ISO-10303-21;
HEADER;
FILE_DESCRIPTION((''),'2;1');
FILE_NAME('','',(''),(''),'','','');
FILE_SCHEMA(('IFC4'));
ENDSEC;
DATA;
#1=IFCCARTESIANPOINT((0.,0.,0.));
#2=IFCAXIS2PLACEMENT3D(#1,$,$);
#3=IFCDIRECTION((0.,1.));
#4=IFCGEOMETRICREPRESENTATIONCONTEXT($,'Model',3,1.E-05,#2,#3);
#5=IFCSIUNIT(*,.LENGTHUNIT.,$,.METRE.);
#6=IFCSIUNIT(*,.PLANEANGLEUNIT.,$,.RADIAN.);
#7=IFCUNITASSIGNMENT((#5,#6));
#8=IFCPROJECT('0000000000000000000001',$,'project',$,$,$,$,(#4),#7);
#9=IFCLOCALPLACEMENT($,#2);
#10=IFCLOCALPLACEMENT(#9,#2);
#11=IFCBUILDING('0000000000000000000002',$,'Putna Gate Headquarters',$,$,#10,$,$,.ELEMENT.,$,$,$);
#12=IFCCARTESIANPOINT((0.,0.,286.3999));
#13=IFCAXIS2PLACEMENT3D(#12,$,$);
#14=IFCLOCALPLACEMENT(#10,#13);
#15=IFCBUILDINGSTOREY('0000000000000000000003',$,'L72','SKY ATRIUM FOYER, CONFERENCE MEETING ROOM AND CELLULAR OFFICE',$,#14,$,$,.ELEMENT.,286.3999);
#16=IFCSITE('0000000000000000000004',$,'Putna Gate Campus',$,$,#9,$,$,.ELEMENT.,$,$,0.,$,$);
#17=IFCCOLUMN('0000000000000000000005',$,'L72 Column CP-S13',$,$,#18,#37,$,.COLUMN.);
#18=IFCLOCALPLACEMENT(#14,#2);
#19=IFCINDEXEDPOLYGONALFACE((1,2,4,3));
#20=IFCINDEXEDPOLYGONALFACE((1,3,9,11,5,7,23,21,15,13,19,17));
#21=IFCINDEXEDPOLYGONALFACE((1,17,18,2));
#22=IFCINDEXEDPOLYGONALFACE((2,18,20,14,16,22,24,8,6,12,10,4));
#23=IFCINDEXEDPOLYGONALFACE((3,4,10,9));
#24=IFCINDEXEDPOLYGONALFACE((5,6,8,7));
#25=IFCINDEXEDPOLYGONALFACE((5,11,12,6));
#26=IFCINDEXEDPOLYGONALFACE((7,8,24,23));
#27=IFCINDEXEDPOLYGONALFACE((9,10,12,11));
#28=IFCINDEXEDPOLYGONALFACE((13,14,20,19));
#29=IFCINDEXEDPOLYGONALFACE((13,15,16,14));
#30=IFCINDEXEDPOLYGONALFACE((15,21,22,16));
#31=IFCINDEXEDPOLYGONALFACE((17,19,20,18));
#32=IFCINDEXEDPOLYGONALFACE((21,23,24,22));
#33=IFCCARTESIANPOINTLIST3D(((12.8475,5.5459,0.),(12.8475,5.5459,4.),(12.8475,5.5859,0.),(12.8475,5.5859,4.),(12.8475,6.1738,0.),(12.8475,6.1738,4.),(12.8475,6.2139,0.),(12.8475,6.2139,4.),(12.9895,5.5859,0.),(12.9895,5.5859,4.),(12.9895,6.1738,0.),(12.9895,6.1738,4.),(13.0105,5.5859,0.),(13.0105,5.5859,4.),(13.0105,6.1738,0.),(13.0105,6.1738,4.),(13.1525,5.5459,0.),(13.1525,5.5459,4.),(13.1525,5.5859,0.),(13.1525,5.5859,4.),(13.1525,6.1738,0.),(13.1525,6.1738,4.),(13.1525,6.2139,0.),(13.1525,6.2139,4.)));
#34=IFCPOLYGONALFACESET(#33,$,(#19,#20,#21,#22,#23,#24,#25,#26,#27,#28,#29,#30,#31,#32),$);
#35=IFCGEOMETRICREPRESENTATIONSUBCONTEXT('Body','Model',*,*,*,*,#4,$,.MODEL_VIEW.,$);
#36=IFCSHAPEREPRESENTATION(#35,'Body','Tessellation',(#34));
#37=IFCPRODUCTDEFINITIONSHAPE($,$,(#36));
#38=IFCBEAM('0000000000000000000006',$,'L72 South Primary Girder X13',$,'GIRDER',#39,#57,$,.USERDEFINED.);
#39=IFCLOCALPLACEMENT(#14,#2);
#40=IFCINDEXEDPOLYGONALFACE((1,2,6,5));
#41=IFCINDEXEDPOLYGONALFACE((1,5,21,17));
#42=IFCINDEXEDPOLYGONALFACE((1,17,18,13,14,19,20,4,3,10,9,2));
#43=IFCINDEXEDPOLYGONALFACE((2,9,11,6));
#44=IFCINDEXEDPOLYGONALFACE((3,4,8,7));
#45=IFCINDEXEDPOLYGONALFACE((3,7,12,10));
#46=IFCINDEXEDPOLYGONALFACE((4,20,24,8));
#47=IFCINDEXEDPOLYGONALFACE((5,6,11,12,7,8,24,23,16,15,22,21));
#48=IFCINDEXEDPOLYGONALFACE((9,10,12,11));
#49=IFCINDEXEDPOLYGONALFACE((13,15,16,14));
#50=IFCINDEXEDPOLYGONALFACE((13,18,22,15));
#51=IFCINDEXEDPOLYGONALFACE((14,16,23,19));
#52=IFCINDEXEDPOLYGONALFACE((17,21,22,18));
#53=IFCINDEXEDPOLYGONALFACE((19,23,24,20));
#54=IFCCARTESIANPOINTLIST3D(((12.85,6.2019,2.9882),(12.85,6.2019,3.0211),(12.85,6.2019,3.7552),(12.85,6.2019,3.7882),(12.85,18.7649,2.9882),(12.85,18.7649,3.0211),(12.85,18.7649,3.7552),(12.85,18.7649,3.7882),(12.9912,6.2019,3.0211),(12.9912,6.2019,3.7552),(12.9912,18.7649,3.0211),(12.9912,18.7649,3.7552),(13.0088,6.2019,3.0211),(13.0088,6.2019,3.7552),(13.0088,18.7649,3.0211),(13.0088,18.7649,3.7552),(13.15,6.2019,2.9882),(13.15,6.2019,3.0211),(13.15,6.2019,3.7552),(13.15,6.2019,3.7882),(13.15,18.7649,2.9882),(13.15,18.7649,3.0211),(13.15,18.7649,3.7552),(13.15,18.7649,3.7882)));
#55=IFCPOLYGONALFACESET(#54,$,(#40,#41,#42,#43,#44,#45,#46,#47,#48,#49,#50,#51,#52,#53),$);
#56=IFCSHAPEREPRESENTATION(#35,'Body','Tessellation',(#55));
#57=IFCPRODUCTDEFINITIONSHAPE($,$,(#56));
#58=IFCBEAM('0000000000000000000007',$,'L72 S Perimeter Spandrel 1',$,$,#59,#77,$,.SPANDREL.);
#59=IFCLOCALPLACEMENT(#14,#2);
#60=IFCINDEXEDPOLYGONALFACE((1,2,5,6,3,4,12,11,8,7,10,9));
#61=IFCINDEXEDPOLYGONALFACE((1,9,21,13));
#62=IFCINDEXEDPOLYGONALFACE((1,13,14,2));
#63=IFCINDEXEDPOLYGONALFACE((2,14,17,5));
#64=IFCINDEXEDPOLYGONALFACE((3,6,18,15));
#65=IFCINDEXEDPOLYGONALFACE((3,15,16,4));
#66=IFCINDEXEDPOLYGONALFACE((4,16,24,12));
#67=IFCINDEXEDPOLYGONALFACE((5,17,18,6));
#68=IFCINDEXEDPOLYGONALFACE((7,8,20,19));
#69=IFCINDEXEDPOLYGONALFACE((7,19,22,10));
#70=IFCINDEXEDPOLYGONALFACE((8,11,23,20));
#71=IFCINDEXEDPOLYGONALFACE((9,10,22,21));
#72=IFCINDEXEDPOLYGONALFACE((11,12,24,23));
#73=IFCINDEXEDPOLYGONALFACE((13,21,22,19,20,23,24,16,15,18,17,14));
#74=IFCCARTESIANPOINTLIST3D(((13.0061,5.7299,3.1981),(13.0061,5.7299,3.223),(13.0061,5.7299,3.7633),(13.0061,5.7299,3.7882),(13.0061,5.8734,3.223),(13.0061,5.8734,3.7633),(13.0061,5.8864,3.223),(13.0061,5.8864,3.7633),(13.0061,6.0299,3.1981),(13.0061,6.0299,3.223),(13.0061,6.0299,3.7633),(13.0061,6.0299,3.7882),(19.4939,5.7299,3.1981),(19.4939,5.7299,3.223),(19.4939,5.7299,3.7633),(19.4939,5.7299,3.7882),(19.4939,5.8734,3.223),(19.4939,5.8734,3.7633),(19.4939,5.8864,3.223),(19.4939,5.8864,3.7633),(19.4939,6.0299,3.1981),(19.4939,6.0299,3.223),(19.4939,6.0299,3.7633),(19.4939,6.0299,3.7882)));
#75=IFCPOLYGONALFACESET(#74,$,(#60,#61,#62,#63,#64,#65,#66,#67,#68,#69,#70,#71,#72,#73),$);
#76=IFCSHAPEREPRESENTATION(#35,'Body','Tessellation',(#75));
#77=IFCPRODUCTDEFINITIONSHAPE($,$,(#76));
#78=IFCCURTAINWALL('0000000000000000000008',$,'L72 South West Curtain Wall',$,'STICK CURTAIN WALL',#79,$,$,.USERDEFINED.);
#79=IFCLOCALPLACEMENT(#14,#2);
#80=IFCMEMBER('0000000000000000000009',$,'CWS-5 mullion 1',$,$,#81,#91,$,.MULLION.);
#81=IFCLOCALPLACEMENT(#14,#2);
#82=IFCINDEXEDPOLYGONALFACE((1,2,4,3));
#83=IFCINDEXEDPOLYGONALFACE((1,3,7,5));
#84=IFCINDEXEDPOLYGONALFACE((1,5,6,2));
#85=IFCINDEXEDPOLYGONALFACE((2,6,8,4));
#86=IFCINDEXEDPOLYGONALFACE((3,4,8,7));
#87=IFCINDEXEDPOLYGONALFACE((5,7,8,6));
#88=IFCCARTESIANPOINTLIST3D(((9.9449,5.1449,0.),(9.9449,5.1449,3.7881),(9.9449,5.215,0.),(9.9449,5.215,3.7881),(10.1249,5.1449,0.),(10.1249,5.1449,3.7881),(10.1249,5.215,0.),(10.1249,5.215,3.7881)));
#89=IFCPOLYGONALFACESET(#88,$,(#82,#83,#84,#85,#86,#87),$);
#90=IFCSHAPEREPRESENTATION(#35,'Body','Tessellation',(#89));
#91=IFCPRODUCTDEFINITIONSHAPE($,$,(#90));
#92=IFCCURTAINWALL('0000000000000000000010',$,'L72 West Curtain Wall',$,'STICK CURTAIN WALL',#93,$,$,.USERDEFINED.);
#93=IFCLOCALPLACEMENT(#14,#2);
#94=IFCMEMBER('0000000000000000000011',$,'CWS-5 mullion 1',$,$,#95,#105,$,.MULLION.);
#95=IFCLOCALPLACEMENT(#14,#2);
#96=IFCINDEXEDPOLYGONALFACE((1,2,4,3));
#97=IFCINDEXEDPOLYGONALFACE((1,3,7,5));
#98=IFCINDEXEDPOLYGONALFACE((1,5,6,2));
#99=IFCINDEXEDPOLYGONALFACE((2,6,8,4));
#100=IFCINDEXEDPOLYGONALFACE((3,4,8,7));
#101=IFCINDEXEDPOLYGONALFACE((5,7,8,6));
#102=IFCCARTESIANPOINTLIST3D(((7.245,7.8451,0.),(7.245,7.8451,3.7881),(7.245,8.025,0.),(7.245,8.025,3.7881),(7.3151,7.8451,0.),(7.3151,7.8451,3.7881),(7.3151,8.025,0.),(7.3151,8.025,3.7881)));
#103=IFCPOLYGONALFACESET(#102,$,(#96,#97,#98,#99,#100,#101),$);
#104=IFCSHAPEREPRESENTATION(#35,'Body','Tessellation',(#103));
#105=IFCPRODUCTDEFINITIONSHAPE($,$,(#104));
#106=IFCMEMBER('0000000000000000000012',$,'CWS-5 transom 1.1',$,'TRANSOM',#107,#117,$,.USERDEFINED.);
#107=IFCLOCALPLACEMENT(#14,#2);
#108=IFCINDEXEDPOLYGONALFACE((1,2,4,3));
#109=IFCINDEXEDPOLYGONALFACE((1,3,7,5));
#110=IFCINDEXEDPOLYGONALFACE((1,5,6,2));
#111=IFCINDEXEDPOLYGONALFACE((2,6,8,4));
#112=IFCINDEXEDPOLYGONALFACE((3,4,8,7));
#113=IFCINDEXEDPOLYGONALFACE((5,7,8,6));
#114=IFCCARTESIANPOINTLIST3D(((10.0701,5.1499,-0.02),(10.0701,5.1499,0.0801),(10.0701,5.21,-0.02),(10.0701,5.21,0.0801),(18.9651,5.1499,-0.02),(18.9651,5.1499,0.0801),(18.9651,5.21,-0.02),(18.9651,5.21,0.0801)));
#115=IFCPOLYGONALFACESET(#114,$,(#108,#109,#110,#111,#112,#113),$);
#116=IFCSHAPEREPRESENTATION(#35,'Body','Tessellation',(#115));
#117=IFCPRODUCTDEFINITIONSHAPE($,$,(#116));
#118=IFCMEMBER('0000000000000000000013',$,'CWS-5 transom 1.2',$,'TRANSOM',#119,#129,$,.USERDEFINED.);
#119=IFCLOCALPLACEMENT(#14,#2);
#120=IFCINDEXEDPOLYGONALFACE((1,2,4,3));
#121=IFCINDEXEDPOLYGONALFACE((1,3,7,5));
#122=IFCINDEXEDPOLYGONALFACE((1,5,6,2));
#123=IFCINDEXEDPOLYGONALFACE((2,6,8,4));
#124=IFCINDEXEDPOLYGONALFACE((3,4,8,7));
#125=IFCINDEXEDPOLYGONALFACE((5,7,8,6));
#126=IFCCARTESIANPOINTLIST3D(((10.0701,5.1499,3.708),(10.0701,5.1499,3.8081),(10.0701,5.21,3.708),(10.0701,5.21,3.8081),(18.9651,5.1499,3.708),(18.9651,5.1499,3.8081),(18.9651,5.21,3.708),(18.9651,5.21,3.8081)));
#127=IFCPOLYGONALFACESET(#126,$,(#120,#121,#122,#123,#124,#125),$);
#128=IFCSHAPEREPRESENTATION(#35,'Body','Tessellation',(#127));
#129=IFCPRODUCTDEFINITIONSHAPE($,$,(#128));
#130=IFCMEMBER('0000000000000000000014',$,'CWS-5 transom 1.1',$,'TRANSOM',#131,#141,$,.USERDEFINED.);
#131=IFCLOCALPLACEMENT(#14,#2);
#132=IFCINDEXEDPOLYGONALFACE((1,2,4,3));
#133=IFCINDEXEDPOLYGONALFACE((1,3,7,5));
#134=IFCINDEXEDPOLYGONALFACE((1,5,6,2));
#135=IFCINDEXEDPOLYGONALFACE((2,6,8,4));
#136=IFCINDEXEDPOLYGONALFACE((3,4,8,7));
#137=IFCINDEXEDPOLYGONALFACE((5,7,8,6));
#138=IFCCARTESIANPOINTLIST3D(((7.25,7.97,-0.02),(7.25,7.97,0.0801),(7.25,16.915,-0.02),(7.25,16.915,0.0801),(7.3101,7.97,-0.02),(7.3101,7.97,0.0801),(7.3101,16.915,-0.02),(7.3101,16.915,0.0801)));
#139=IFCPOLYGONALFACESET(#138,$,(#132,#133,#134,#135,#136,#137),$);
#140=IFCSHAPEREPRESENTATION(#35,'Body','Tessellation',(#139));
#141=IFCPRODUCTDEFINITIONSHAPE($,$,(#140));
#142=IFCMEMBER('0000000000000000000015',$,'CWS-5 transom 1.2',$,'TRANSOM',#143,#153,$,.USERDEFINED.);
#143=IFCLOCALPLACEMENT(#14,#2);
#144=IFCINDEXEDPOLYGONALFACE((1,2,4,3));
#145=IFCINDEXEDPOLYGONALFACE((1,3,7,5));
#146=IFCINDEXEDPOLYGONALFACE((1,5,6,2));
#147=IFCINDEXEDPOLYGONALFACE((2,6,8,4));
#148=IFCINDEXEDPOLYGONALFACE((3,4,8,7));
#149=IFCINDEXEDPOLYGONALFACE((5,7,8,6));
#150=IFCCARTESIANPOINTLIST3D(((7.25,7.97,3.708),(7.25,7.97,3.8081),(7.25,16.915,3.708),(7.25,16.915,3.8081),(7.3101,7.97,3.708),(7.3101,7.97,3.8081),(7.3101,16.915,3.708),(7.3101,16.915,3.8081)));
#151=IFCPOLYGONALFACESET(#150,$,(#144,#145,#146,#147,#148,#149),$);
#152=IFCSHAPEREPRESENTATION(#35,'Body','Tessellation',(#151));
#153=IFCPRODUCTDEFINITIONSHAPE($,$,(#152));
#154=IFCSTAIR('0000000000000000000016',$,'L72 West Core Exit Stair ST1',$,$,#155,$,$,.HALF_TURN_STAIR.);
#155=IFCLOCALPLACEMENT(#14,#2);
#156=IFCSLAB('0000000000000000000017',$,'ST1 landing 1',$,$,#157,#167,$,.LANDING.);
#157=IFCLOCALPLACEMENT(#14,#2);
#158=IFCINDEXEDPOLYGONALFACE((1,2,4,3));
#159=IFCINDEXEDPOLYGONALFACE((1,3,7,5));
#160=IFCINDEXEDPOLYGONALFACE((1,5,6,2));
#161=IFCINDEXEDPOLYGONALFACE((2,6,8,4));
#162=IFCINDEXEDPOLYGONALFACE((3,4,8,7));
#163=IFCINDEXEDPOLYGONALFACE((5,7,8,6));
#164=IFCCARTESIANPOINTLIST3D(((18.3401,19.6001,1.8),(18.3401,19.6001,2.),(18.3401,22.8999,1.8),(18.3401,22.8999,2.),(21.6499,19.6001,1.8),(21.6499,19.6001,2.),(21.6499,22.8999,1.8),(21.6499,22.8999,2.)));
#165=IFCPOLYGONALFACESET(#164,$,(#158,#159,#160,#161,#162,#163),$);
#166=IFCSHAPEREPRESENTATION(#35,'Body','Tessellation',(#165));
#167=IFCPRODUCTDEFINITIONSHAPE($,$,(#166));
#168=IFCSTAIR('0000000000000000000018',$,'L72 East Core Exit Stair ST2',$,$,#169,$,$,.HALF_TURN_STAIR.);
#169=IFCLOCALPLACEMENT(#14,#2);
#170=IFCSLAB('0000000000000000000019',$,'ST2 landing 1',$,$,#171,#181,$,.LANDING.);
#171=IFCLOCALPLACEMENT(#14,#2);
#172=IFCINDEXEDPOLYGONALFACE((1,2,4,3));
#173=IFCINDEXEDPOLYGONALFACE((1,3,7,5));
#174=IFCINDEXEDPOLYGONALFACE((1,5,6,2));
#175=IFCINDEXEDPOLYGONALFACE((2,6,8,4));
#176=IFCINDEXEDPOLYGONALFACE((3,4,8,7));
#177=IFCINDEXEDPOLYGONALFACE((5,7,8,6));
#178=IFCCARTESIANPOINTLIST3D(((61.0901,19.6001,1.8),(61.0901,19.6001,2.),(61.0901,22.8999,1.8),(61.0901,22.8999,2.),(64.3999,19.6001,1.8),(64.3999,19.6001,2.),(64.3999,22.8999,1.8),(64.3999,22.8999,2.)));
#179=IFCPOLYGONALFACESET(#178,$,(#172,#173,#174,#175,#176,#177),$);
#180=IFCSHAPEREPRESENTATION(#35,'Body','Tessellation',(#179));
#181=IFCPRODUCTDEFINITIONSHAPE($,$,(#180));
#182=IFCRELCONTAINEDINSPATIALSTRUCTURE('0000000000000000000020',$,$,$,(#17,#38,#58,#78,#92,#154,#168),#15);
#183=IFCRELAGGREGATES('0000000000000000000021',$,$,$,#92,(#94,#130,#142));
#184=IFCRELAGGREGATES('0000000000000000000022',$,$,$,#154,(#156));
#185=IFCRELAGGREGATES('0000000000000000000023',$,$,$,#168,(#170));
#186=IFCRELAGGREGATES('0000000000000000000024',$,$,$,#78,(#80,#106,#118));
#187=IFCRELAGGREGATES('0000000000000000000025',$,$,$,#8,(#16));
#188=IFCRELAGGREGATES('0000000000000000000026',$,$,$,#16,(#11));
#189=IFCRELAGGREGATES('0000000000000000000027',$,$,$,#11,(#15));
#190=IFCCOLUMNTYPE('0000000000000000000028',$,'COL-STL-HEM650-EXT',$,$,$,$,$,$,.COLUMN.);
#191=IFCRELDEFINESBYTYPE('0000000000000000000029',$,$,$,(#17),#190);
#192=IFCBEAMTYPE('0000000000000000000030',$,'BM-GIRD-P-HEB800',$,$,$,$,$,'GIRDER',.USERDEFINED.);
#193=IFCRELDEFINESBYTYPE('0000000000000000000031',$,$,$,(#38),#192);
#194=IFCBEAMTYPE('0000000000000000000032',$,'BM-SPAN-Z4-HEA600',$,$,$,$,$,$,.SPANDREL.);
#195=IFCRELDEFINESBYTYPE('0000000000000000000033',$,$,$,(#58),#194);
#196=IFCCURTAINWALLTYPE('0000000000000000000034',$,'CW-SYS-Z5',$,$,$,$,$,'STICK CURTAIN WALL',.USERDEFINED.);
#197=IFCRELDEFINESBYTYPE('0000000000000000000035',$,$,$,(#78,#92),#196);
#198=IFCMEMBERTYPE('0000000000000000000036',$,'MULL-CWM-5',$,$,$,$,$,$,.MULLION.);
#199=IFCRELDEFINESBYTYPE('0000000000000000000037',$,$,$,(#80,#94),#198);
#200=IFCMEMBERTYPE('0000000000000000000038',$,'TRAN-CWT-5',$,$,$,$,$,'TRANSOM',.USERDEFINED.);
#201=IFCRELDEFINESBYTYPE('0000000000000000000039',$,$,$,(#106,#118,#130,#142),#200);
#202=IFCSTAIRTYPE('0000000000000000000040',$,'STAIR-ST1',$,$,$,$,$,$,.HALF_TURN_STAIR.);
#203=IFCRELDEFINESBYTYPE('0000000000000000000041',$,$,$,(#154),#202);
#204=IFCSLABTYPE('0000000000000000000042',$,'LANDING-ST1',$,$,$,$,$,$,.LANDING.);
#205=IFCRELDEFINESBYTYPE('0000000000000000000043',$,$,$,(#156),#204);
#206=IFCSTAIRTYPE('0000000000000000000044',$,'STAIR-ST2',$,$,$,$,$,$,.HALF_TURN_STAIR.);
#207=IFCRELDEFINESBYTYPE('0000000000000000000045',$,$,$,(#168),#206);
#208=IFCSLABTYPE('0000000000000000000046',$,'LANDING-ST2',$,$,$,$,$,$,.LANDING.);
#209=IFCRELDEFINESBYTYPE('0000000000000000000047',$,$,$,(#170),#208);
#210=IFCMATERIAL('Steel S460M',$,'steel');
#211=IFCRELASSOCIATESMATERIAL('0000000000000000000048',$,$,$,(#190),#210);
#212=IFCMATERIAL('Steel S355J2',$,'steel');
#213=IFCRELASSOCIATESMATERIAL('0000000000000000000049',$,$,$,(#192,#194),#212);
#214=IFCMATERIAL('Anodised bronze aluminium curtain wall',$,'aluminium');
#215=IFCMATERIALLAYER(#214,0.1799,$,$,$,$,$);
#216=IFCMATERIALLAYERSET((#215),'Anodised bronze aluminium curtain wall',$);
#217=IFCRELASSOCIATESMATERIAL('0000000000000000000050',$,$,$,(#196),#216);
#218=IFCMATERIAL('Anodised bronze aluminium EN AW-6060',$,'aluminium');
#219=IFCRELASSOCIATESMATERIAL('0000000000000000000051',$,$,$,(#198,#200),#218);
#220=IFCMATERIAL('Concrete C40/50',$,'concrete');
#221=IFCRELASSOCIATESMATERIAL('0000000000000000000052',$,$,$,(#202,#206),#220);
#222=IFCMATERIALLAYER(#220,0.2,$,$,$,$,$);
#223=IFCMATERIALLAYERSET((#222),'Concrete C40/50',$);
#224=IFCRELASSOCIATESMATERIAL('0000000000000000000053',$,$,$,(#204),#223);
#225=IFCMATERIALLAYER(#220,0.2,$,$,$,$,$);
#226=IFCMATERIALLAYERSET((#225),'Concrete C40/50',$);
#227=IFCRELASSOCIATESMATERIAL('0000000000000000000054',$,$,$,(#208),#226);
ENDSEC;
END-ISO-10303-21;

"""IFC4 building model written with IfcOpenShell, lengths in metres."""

from ifc_helpers import new_model, si_unit, direction, frame, origin, origin_2d, place, context, subcontext, project, spatial, polyline, rectangle, i_section, outline, extrude, material, layer, layer_set, material_profile, profile_set, type_object, element, aggregate, save


model = new_model("IFC4")

# Units and contexts
model_context = context("Model", 3, precision=1e-05, world=origin(), true_north=direction((0.0, 1.0)))
body_context = subcontext(model_context, "Body", "Model", "MODEL_VIEW")
ifc_project = project(units=[si_unit("LENGTHUNIT", "METRE"), si_unit("PLANEANGLEUNIT", "RADIAN")], contexts=[model_context])

# Site, building, storey
site_placement = place(None, origin())
site = spatial("IfcSite", under=ifc_project, at=site_placement, Name="Putna Gate Campus", CompositionType="ELEMENT", RefElevation=0.0)
building_placement = place(site_placement, origin())
building = spatial("IfcBuilding", under=site, at=building_placement, Name="Putna Gate Headquarters", CompositionType="ELEMENT")
storey_placement = place(building_placement, frame((0.0, 0.0, 286.3999)))
storey = spatial("IfcBuildingStorey", under=building, at=storey_placement, Name="L72", Description="SKY ATRIUM FOYER, CONFERENCE MEETING ROOM AND CELLULAR OFFICE", CompositionType="ELEMENT", Elevation=286.3999)

# Column
ifc_material_1 = material(Name="Steel S460M", Category="steel")
ifc_material_profile_1 = material_profile(ifc_material_1, i_section(OverallWidth=0.3049, OverallDepth=0.668, WebThickness=0.021, FlangeThickness=0.04, at=origin_2d()), Name="Steel S460M")
ifc_profile_set_1 = profile_set([ifc_material_profile_1], Name="Steel S460M")
column_type = type_object("IfcColumnType", Name="COL-STL-HEM650-EXT", PredefinedType="COLUMN", material=ifc_profile_set_1)
column_placement = place(storey_placement, frame((13.0, 5.8799, 0.0), z_axis=(0.0, 0.0, 1.0), x_axis=(1.0, 0.0, 0.0)))
element("IfcColumn", 1, at=column_placement, inside=storey, type_object=column_type, Name="L72 Column CP-S13", PredefinedType="COLUMN", context=body_context, shape_type="SweptSolid", body=[
    extrude(i_section(OverallWidth=0.3049, OverallDepth=0.668, WebThickness=0.021, FlangeThickness=0.04, at=origin_2d()), origin(), (0.0, 0.0, 1.0), 4.0),
])

# Beams
ifc_material_2 = material(Name="Steel S355J2", Category="steel")
ifc_material_profile_2 = material_profile(ifc_material_2, i_section(OverallWidth=0.3, OverallDepth=0.8, WebThickness=0.0176, FlangeThickness=0.033, at=origin_2d()), Name="Steel S355J2")
ifc_profile_set_2 = profile_set([ifc_material_profile_2], Name="Steel S355J2")
beam_type_1 = type_object("IfcBeamType", Name="BM-GIRD-P-HEB800", ElementType="GIRDER", PredefinedType="USERDEFINED", material=ifc_profile_set_2)
beam_1_placement = place(storey_placement, frame((13.0, 6.2019, 3.3882), z_axis=(0.0, 1.0, 0.0), x_axis=(-1.0, 0.0, 0.0)))
element("IfcBeam", 2, at=beam_1_placement, inside=storey, type_object=beam_type_1, Name="L72 South Primary Girder X13", ObjectType="GIRDER", PredefinedType="USERDEFINED", context=body_context, shape_type="SweptSolid", body=[
    extrude(i_section(OverallWidth=0.3, OverallDepth=0.8, WebThickness=0.0176, FlangeThickness=0.033, at=origin_2d()), origin(), (0.0, 0.0, 1.0), 12.563),
])
ifc_material_profile_3 = material_profile(ifc_material_2, i_section(OverallWidth=0.3, OverallDepth=0.5901, WebThickness=0.0129, FlangeThickness=0.0249, at=origin_2d()), Name="Steel S355J2")
ifc_profile_set_3 = profile_set([ifc_material_profile_3], Name="Steel S355J2")
beam_type_2 = type_object("IfcBeamType", Name="BM-SPAN-Z4-HEA600", PredefinedType="SPANDREL", material=ifc_profile_set_3)
beam_2_placement = place(storey_placement, frame((13.0061, 5.8799, 3.4932), z_axis=(1.0, 0.0, 0.0), x_axis=(0.0, 1.0, 0.0)))
element("IfcBeam", 3, at=beam_2_placement, inside=storey, type_object=beam_type_2, Name="L72 S Perimeter Spandrel 1", PredefinedType="SPANDREL", context=body_context, shape_type="SweptSolid", body=[
    extrude(i_section(OverallWidth=0.3, OverallDepth=0.5901, WebThickness=0.0129, FlangeThickness=0.0249, at=origin_2d()), origin(), (0.0, 0.0, 1.0), 6.4878),
])

# Curtain walls, members
ifc_material_3 = material(Name="Anodised bronze aluminium curtain wall", Category="aluminium")
ifc_layer_1 = layer(ifc_material_3, 0.1799)
ifc_layer_set_1 = layer_set([ifc_layer_1], Name="Anodised bronze aluminium curtain wall")
curtain_wall_type = type_object("IfcCurtainWallType", Name="CW-SYS-Z5", ElementType="STICK CURTAIN WALL", PredefinedType="USERDEFINED", material=ifc_layer_set_1)
curtain_wall_1_placement = place(storey_placement, origin())
curtain_wall_1 = element("IfcCurtainWall", 4, at=curtain_wall_1_placement, inside=storey, type_object=curtain_wall_type, Name="L72 South West Curtain Wall", ObjectType="STICK CURTAIN WALL", PredefinedType="USERDEFINED")
ifc_material_4 = material(Name="Anodised bronze aluminium EN AW-6060", Category="aluminium")
ifc_material_profile_4 = material_profile(ifc_material_4, rectangle(XDim=0.0701, YDim=0.1799, at=origin_2d()), Name="Anodised bronze aluminium EN AW-6060")
ifc_profile_set_4 = profile_set([ifc_material_profile_4], Name="Anodised bronze aluminium EN AW-6060")
member_type_1 = type_object("IfcMemberType", Name="MULL-CWM-5", PredefinedType="MULLION", material=ifc_profile_set_4)
member_1_placement = place(storey_placement, frame((10.0349, 5.1799, 0.0), z_axis=(0.0, 0.0, 1.0), x_axis=(0.0, 1.0, 0.0)))
member_1 = element("IfcMember", 5, at=member_1_placement, type_object=member_type_1, Name="CWS-5 mullion 1", PredefinedType="MULLION", context=body_context, shape_type="SweptSolid", body=[
    extrude(rectangle(XDim=0.0701, YDim=0.1799, at=origin_2d()), origin(), (0.0, 0.0, 1.0), 3.7881),
])
curtain_wall_2_placement = place(storey_placement, origin())
curtain_wall_2 = element("IfcCurtainWall", 6, at=curtain_wall_2_placement, inside=storey, type_object=curtain_wall_type, Name="L72 West Curtain Wall", ObjectType="STICK CURTAIN WALL", PredefinedType="USERDEFINED")
member_2_placement = place(storey_placement, frame((7.28, 7.9351, 0.0), z_axis=(0.0, 0.0, 1.0), x_axis=(-1.0, 0.0, 0.0)))
member_2 = element("IfcMember", 7, at=member_2_placement, type_object=member_type_1, Name="CWS-5 mullion 1", PredefinedType="MULLION", context=body_context, shape_type="SweptSolid", body=[
    extrude(rectangle(XDim=0.0701, YDim=0.1799, at=origin_2d()), origin(), (0.0, 0.0, 1.0), 3.7881),
])

# Members
ifc_material_profile_5 = material_profile(ifc_material_4, rectangle(XDim=0.0601, YDim=0.1001, at=origin_2d()), Name="Anodised bronze aluminium EN AW-6060")
ifc_profile_set_5 = profile_set([ifc_material_profile_5], Name="Anodised bronze aluminium EN AW-6060")
member_type_2 = type_object("IfcMemberType", Name="TRAN-CWT-5", ElementType="TRANSOM", PredefinedType="USERDEFINED", material=ifc_profile_set_5)
member_3_placement = place(storey_placement, frame((10.0701, 5.1799, 0.03), z_axis=(1.0, 0.0, 0.0), x_axis=(0.0, 1.0, 0.0)))
member_3 = element("IfcMember", 8, at=member_3_placement, type_object=member_type_2, Name="CWS-5 transom 1.1", ObjectType="TRANSOM", PredefinedType="USERDEFINED", context=body_context, shape_type="SweptSolid", body=[
    extrude(rectangle(XDim=0.0601, YDim=0.1001, at=origin_2d()), origin(), (0.0, 0.0, 1.0), 8.895),
])
member_4_placement = place(storey_placement, frame((10.0701, 5.1799, 3.7581), z_axis=(1.0, 0.0, 0.0), x_axis=(0.0, 1.0, 0.0)))
member_4 = element("IfcMember", 9, at=member_4_placement, type_object=member_type_2, Name="CWS-5 transom 1.2", ObjectType="TRANSOM", PredefinedType="USERDEFINED", context=body_context, shape_type="SweptSolid", body=[
    extrude(rectangle(XDim=0.0601, YDim=0.1001, at=origin_2d()), origin(), (0.0, 0.0, 1.0), 8.895),
])
member_5_placement = place(storey_placement, frame((7.28, 7.97, 0.03), z_axis=(0.0, 1.0, 0.0), x_axis=(-1.0, 0.0, 0.0)))
member_5 = element("IfcMember", 10, at=member_5_placement, type_object=member_type_2, Name="CWS-5 transom 1.1", ObjectType="TRANSOM", PredefinedType="USERDEFINED", context=body_context, shape_type="SweptSolid", body=[
    extrude(rectangle(XDim=0.0601, YDim=0.1001, at=origin_2d()), origin(), (0.0, 0.0, 1.0), 8.9451),
])
member_6_placement = place(storey_placement, frame((7.28, 7.97, 3.7581), z_axis=(0.0, 1.0, 0.0), x_axis=(-1.0, 0.0, 0.0)))
member_6 = element("IfcMember", 11, at=member_6_placement, type_object=member_type_2, Name="CWS-5 transom 1.2", ObjectType="TRANSOM", PredefinedType="USERDEFINED", context=body_context, shape_type="SweptSolid", body=[
    extrude(rectangle(XDim=0.0601, YDim=0.1001, at=origin_2d()), origin(), (0.0, 0.0, 1.0), 8.9451),
])
aggregate(curtain_wall_2, [member_2, member_5, member_6])

# Stairs, slabs
ifc_material_5 = material(Name="Concrete C40/50", Category="concrete")
stair_type_1 = type_object("IfcStairType", Name="STAIR-ST1", PredefinedType="HALF_TURN_STAIR", material=ifc_material_5)
stair_1_placement = place(storey_placement, origin())
stair_1 = element("IfcStair", 12, at=stair_1_placement, inside=storey, type_object=stair_type_1, Name="L72 West Core Exit Stair ST1", PredefinedType="HALF_TURN_STAIR")
ifc_layer_2 = layer(ifc_material_5, 0.2)
ifc_layer_set_2 = layer_set([ifc_layer_2], Name="Concrete C40/50")
slab_type_1 = type_object("IfcSlabType", Name="LANDING-ST1", PredefinedType="LANDING", material=ifc_layer_set_2)
slab_1_placement = place(storey_placement, frame((0.0, 0.0, 1.8)))
slab_1 = element("IfcSlab", 13, at=slab_1_placement, type_object=slab_type_1, Name="ST1 landing 1", PredefinedType="LANDING", context=body_context, shape_type="SweptSolid", body=[
    extrude(outline(polyline([(18.3401, 19.6001), (21.6499, 19.6001), (21.6499, 22.8999), (18.3401, 22.8999), (18.3401, 19.6001)])), origin(), (0.0, 0.0, 1.0), 0.2),
])
aggregate(stair_1, [slab_1])
stair_type_2 = type_object("IfcStairType", Name="STAIR-ST2", PredefinedType="HALF_TURN_STAIR", material=ifc_material_5)
stair_2_placement = place(storey_placement, origin())
stair_2 = element("IfcStair", 14, at=stair_2_placement, inside=storey, type_object=stair_type_2, Name="L72 East Core Exit Stair ST2", PredefinedType="HALF_TURN_STAIR")
ifc_layer_3 = layer(ifc_material_5, 0.2)
ifc_layer_set_3 = layer_set([ifc_layer_3], Name="Concrete C40/50")
slab_type_2 = type_object("IfcSlabType", Name="LANDING-ST2", PredefinedType="LANDING", material=ifc_layer_set_3)
slab_2_placement = place(storey_placement, frame((0.0, 0.0, 1.8)))
slab_2 = element("IfcSlab", 15, at=slab_2_placement, type_object=slab_type_2, Name="ST2 landing 1", PredefinedType="LANDING", context=body_context, shape_type="SweptSolid", body=[
    extrude(outline(polyline([(61.0901, 19.6001), (64.3999, 19.6001), (64.3999, 22.8999), (61.0901, 22.8999), (61.0901, 19.6001)])), origin(), (0.0, 0.0, 1.0), 0.2),
])
aggregate(stair_2, [slab_2])

aggregate(curtain_wall_1, [member_1, member_3, member_4])

save(model, "model.ifc")
